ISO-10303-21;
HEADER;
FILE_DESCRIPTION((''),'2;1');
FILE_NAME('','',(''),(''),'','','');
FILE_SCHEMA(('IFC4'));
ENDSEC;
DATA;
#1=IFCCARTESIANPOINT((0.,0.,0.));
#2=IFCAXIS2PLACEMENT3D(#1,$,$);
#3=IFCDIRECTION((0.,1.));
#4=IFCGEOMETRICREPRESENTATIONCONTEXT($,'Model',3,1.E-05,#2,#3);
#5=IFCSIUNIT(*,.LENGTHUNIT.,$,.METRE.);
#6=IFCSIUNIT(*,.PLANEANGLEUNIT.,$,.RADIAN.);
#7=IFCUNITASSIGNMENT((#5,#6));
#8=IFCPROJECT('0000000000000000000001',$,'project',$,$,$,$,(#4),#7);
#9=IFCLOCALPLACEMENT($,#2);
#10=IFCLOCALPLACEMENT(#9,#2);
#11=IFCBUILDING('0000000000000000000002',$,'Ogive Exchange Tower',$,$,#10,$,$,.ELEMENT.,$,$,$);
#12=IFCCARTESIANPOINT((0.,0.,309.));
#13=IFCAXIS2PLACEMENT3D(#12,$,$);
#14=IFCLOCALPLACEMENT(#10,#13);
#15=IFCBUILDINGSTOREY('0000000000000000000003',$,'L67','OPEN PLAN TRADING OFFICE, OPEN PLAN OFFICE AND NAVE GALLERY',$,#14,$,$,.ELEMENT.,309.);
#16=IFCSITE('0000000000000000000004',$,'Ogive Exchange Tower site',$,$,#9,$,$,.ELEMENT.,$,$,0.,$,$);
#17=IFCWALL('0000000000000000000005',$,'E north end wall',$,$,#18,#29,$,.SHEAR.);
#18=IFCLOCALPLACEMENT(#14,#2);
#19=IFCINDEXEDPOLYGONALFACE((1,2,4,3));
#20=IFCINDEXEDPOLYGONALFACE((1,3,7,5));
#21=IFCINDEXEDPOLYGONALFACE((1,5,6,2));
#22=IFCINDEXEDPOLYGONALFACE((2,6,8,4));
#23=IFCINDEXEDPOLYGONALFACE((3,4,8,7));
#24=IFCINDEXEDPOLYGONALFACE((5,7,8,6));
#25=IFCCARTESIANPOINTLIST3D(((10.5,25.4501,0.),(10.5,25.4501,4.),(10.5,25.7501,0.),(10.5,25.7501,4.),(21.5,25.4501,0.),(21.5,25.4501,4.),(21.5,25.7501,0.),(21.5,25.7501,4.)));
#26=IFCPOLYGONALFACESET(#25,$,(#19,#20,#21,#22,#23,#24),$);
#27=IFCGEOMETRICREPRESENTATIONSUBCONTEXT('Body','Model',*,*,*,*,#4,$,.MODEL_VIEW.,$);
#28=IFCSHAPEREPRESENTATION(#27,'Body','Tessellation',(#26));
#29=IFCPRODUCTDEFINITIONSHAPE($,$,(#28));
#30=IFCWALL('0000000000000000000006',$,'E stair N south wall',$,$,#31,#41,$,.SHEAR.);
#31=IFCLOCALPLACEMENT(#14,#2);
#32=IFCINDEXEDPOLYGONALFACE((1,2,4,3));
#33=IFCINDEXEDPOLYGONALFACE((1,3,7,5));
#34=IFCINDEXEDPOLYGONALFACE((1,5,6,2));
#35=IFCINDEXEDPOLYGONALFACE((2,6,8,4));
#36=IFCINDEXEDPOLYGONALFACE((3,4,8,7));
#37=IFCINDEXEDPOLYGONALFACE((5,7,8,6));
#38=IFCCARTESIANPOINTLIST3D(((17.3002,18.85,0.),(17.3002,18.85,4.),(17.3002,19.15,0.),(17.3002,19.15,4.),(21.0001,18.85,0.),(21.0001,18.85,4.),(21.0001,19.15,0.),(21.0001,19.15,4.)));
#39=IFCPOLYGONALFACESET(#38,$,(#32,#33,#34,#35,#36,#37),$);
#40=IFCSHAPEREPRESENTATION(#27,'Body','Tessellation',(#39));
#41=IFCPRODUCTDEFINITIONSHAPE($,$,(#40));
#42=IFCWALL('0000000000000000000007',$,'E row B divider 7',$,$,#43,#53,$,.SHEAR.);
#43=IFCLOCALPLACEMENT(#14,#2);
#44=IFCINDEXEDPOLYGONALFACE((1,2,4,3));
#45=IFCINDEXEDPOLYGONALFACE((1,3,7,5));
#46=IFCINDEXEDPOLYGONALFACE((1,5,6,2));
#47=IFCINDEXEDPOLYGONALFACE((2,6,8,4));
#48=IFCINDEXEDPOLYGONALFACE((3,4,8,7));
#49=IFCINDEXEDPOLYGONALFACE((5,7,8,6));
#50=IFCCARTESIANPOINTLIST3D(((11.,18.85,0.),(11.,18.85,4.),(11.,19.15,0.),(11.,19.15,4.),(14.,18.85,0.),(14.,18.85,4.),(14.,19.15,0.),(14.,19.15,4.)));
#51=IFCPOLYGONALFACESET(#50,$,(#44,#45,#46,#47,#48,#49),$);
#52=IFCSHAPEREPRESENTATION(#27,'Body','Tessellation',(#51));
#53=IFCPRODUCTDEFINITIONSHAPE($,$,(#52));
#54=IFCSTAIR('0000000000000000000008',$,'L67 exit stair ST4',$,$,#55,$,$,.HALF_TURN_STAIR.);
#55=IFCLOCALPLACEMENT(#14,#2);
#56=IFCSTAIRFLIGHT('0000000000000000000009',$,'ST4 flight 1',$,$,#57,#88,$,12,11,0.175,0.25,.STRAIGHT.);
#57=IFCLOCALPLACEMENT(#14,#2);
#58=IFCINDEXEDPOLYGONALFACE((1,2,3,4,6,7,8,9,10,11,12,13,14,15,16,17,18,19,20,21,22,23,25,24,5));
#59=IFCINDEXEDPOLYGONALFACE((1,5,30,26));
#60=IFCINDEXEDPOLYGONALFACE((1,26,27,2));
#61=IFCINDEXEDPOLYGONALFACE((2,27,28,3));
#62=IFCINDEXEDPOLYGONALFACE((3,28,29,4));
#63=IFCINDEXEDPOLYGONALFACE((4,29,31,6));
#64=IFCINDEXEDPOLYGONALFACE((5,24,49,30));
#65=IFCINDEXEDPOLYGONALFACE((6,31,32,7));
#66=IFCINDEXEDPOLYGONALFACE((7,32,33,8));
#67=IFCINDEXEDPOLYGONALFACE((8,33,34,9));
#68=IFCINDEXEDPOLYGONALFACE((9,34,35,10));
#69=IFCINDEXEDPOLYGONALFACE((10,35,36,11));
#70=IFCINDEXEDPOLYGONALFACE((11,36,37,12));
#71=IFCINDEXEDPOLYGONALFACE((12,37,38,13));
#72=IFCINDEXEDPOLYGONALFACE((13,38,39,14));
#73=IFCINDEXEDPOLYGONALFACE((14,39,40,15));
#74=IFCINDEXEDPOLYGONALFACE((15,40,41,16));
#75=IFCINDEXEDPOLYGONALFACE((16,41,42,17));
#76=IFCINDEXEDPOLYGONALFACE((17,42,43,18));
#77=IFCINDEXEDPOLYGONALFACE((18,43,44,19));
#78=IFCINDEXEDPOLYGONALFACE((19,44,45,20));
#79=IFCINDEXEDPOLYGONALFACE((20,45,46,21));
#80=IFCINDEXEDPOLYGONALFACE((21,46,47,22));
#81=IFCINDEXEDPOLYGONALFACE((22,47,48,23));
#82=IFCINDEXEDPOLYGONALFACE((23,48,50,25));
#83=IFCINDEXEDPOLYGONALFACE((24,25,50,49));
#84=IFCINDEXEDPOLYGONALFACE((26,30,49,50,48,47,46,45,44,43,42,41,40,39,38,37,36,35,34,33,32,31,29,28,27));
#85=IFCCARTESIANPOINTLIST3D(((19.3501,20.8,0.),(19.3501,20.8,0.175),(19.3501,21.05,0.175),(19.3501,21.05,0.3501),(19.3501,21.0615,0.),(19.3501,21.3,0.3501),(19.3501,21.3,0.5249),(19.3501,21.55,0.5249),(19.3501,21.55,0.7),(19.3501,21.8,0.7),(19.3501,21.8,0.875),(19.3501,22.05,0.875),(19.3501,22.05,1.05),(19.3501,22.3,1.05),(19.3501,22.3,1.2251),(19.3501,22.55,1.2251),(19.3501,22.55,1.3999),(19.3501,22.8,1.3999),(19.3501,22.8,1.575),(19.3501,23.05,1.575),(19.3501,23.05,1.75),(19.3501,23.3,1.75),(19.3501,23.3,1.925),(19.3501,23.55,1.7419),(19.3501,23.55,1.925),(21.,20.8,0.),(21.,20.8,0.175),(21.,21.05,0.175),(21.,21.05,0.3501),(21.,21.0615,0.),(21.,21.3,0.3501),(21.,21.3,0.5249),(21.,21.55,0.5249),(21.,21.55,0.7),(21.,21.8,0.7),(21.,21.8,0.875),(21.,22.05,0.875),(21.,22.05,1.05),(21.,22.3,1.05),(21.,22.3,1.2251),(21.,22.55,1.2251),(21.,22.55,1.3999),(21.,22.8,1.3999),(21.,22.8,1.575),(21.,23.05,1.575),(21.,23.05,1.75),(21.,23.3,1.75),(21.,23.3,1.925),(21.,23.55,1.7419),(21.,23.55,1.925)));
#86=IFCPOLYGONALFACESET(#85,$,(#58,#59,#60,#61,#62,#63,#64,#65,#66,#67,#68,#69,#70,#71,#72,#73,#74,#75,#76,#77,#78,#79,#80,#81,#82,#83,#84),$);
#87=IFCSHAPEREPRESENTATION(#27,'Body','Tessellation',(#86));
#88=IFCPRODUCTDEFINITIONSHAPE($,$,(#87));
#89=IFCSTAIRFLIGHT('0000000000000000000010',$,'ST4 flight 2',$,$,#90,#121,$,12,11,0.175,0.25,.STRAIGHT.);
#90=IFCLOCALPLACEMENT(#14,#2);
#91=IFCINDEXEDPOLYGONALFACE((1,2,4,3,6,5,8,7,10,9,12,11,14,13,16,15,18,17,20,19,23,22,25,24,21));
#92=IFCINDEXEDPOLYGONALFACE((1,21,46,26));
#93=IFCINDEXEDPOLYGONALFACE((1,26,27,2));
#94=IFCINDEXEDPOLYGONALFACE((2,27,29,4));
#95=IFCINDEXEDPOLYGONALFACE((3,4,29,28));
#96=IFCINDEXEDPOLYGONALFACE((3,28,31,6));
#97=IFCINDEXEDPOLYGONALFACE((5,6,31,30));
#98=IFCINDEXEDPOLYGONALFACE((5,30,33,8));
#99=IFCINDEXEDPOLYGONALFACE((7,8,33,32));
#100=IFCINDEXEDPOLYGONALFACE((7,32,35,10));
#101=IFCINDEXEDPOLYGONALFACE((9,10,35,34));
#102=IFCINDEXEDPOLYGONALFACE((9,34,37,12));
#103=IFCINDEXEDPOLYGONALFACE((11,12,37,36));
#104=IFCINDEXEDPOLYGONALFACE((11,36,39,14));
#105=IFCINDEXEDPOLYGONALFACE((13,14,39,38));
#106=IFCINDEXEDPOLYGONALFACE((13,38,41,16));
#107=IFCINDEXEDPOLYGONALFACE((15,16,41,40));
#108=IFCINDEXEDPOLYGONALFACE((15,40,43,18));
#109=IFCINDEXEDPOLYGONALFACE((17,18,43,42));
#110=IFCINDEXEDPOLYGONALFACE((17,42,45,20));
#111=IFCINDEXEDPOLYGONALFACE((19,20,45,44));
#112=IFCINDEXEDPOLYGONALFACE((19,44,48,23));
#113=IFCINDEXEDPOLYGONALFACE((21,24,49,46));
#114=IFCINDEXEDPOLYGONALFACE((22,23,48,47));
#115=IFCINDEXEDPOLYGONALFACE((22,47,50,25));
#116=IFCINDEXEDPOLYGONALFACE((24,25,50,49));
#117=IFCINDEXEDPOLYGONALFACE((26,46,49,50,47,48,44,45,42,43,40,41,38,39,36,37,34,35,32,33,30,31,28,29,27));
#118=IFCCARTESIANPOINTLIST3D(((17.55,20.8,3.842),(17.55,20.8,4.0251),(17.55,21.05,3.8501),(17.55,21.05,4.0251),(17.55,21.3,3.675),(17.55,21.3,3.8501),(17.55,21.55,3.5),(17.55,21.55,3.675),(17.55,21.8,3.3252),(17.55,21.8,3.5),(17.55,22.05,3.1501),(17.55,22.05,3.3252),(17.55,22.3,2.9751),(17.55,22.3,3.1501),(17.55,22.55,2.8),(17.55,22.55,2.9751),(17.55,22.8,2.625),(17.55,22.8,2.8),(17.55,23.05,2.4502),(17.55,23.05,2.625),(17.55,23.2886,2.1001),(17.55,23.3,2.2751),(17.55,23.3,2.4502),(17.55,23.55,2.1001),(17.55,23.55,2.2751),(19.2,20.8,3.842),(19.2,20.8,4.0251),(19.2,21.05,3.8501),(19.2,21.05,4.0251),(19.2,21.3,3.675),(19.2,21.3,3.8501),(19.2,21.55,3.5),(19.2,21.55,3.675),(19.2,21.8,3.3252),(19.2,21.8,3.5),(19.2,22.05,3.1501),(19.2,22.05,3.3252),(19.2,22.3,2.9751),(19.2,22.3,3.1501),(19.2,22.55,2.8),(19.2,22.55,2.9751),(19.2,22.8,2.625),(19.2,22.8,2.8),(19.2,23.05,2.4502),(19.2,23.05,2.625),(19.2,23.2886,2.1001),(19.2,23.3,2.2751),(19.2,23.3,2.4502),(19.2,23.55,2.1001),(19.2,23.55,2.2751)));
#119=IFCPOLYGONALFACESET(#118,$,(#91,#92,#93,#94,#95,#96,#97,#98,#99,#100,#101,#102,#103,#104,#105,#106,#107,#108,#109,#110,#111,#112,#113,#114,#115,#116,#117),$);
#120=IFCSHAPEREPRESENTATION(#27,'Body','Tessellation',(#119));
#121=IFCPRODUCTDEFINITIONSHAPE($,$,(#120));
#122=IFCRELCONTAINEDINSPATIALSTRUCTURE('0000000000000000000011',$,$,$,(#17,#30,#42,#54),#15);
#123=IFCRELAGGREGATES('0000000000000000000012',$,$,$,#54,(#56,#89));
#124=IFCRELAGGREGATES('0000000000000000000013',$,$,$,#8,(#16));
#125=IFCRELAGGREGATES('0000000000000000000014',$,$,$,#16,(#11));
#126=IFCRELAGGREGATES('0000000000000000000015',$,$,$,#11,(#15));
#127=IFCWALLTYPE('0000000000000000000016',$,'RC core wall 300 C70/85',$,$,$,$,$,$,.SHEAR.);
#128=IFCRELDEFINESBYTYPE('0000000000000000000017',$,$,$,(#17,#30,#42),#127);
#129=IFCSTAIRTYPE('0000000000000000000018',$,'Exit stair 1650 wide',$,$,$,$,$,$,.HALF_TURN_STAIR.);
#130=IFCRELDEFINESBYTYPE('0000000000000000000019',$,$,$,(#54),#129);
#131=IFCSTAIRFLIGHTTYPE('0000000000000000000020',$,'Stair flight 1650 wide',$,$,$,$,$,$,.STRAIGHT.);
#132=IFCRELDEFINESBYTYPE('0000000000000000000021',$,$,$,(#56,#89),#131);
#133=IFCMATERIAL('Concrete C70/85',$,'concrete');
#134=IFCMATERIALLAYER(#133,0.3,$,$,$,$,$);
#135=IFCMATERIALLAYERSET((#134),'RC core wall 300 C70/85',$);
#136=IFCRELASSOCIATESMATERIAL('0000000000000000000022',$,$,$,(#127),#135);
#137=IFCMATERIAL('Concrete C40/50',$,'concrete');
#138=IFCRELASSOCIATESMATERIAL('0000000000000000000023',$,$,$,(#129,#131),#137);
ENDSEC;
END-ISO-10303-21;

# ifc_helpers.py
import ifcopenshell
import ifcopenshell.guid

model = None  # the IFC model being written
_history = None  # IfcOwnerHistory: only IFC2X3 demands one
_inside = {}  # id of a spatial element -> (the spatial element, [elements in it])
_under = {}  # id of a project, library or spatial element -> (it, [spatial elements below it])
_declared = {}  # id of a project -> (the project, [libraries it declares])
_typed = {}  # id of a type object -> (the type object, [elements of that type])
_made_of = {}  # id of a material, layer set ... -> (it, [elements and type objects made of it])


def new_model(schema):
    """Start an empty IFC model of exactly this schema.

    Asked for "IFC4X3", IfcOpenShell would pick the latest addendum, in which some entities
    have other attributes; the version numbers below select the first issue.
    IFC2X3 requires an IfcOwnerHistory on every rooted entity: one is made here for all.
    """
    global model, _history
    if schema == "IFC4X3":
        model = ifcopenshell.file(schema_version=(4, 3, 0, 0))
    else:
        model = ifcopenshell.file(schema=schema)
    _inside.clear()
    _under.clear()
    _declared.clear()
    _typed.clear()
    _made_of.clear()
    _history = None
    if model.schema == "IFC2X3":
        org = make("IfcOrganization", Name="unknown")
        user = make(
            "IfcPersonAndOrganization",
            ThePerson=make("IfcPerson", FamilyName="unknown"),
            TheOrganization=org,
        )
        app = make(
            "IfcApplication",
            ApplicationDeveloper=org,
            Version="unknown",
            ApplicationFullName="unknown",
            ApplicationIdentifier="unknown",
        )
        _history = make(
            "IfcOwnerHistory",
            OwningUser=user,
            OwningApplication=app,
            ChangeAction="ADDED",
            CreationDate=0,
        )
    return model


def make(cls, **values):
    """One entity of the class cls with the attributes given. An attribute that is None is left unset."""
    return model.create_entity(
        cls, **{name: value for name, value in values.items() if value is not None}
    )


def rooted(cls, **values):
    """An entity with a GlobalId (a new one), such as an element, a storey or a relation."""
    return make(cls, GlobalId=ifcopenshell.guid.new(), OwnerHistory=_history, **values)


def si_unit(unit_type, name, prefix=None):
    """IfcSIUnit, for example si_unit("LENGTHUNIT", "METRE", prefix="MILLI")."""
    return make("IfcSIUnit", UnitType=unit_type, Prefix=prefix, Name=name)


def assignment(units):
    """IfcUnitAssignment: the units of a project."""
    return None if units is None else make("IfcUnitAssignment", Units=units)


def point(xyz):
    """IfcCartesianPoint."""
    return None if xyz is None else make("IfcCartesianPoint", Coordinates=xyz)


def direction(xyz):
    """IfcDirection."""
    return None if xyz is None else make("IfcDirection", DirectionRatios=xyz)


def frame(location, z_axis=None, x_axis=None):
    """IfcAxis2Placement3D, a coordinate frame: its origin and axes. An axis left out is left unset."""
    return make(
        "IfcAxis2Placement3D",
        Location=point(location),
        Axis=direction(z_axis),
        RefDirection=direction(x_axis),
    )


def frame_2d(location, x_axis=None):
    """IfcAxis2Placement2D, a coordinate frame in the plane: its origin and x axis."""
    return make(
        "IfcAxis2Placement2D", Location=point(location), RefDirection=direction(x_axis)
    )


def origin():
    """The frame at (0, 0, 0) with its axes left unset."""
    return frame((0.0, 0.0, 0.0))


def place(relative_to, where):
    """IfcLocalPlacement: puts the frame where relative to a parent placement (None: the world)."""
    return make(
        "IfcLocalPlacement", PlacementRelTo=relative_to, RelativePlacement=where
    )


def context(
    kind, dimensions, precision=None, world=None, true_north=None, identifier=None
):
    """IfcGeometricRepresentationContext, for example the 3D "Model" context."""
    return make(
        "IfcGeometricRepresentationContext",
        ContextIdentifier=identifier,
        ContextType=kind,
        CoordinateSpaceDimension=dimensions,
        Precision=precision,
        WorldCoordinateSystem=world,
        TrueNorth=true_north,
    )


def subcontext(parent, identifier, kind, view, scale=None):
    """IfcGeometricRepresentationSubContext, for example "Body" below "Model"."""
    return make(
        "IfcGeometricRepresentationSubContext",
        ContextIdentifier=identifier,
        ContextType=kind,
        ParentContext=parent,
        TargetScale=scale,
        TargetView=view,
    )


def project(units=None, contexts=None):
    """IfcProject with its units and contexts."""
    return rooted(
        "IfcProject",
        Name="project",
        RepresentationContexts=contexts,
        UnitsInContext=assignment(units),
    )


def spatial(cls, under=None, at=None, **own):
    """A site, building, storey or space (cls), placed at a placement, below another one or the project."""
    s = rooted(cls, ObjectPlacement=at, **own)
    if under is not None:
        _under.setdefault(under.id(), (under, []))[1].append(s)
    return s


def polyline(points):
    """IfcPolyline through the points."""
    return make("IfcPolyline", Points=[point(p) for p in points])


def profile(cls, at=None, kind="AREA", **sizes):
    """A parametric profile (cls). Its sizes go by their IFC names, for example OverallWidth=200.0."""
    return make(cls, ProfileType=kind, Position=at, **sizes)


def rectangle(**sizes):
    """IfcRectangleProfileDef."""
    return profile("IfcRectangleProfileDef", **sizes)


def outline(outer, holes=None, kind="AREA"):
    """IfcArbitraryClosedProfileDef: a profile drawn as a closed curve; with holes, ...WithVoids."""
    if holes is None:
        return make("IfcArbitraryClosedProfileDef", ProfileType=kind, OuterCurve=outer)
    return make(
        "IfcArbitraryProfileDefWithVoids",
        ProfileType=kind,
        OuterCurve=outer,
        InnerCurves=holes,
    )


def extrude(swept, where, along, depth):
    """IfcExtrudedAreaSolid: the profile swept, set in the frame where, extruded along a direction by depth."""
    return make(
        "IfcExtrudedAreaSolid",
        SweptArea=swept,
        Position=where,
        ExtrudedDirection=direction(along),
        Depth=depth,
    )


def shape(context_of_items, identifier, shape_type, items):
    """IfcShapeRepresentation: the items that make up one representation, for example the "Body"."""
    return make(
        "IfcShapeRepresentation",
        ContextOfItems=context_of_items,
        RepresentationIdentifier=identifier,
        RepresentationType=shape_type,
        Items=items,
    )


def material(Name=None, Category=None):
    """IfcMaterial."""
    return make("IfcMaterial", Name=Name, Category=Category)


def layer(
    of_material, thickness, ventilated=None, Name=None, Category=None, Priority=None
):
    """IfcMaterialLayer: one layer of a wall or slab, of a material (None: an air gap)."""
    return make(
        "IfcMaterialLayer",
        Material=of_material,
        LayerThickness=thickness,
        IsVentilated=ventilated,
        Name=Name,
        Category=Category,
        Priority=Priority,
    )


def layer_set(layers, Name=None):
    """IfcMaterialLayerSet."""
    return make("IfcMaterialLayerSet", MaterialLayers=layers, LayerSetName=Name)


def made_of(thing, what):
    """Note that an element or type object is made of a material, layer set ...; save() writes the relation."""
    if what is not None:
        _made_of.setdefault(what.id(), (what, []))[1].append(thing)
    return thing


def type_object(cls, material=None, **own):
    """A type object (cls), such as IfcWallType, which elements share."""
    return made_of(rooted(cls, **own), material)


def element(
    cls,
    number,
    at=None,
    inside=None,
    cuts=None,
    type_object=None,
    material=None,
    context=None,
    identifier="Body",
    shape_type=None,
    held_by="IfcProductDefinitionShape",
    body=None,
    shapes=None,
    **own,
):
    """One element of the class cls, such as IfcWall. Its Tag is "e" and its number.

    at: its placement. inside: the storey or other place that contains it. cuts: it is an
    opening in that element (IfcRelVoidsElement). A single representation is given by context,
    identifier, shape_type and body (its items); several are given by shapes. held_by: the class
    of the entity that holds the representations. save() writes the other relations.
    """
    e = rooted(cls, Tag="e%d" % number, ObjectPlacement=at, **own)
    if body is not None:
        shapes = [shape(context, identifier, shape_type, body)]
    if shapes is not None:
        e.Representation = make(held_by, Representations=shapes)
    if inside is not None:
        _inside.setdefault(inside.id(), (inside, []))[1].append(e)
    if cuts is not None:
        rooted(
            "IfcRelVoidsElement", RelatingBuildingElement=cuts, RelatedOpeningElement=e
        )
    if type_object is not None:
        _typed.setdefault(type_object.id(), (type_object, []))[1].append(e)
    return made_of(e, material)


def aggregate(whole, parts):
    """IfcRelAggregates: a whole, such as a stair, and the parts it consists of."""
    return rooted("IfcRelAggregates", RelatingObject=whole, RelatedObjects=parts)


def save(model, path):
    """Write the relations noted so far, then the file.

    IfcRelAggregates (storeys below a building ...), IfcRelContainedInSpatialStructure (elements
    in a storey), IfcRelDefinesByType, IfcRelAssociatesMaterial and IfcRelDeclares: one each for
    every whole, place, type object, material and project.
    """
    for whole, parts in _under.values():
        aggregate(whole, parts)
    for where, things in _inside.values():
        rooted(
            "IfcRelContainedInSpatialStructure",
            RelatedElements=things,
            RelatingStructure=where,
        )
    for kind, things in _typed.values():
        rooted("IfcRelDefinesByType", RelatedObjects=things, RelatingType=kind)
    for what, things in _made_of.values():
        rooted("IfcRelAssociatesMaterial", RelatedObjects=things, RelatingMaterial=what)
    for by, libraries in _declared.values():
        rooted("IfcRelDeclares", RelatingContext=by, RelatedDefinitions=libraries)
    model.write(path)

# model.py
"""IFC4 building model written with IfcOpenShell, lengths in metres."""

from ifc_helpers import new_model, si_unit, direction, frame, frame_2d, origin, place, context, subcontext, project, spatial, polyline, rectangle, outline, extrude, material, layer, layer_set, type_object, element, aggregate, save


model = new_model("IFC4")

# Units and contexts
model_context = context("Model", 3, precision=1e-05, world=origin(), true_north=direction((0.0, 1.0)))
body_context = subcontext(model_context, "Body", "Model", "MODEL_VIEW")
ifc_project = project(units=[si_unit("LENGTHUNIT", "METRE"), si_unit("PLANEANGLEUNIT", "RADIAN")], contexts=[model_context])

# Site, building, storey
site_placement = place(None, origin())
site = spatial("IfcSite", under=ifc_project, at=site_placement, Name="Ogive Exchange Tower site", CompositionType="ELEMENT", RefElevation=0.0)
building_placement = place(site_placement, origin())
building = spatial("IfcBuilding", under=site, at=building_placement, Name="Ogive Exchange Tower", CompositionType="ELEMENT")
storey_placement = place(building_placement, frame((0.0, 0.0, 309.0)))
storey = spatial("IfcBuildingStorey", under=building, at=storey_placement, Name="L67", Description="OPEN PLAN TRADING OFFICE, OPEN PLAN OFFICE AND NAVE GALLERY", CompositionType="ELEMENT", Elevation=309.0)

# Shared definitions
ifc_material_1 = material(Name="Concrete C70/85", Category="concrete")

# Walls
ifc_layer_1 = layer(ifc_material_1, 0.3)
ifc_layer_set_1 = layer_set([ifc_layer_1], Name="RC core wall 300 C70/85")
wall_type_1 = type_object("IfcWallType", Name="RC core wall 300 C70/85", PredefinedType="SHEAR", material=ifc_layer_set_1)
wall_1_placement = place(storey_placement, frame((10.5, 25.6001, 0.0), z_axis=(0.0, 0.0, 1.0), x_axis=(1.0, 0.0, 0.0)))
element("IfcWall", 1, at=wall_1_placement, inside=storey, type_object=wall_type_1, Name="E north end wall", PredefinedType="SHEAR", context=body_context, shape_type="SweptSolid", body=[
    extrude(rectangle(XDim=11.0, YDim=0.3, at=frame_2d((5.5, 0.0))), origin(), (0.0, 0.0, 1.0), 4.0),
])
wall_2_placement = place(storey_placement, frame((17.3, 19.0, 0.0), z_axis=(0.0, 0.0, 1.0), x_axis=(1.0, 0.0, 0.0)))
element("IfcWall", 2, at=wall_2_placement, inside=storey, type_object=wall_type_1, Name="E stair N south wall", PredefinedType="SHEAR", context=body_context, shape_type="SweptSolid", body=[
    extrude(rectangle(XDim=3.7, YDim=0.3, at=frame_2d((1.8501, 0.0))), origin(), (0.0, 0.0, 1.0), 4.0),
])
wall_3_placement = place(storey_placement, frame((11.0, 19.0, 0.0), z_axis=(0.0, 0.0, 1.0), x_axis=(1.0, 0.0, 0.0)))
element("IfcWall", 3, at=wall_3_placement, inside=storey, type_object=wall_type_1, Name="E row B divider 7", PredefinedType="SHEAR", context=body_context, shape_type="SweptSolid", body=[
    extrude(rectangle(XDim=3.0, YDim=0.3, at=frame_2d((1.5, 0.0))), origin(), (0.0, 0.0, 1.0), 4.0),
])

# Stair, stair flights
ifc_material_2 = material(Name="Concrete C40/50", Category="concrete")
stair_type = type_object("IfcStairType", Name="Exit stair 1650 wide", PredefinedType="HALF_TURN_STAIR", material=ifc_material_2)
stair_placement = place(storey_placement, origin())
stair = element("IfcStair", 4, at=stair_placement, inside=storey, type_object=stair_type, Name="L67 exit stair ST4", PredefinedType="HALF_TURN_STAIR")
stair_flight_type = type_object("IfcStairFlightType", Name="Stair flight 1650 wide", PredefinedType="STRAIGHT", material=ifc_material_2)
stair_flight_1_placement = place(storey_placement, frame((20.175, 20.8, 0.0), z_axis=(0.0, 0.0, 1.0), x_axis=(0.0, 1.0, 0.0)))
stair_flight_1 = element("IfcStairFlight", 5, at=stair_flight_1_placement, type_object=stair_flight_type, Name="ST4 flight 1", NumberOfRisers=12, NumberOfTreads=11, PredefinedType="STRAIGHT", RiserHeight=0.175, TreadLength=0.25, context=body_context, shape_type="SweptSolid", body=[
    extrude(outline(polyline([(0.0, 0.0), (0.0, 0.175), (0.25, 0.175), (0.25, 0.3501), (0.5, 0.3501), (0.5, 0.5249), (0.75, 0.5249), (0.75, 0.7), (1.0, 0.7), (1.0, 0.875), (1.25, 0.875), (1.25, 1.05), (1.5, 1.05), (1.5, 1.2251), (1.75, 1.2251), (1.75, 1.3999), (2.0, 1.3999), (2.0, 1.575), (2.25, 1.575), (2.25, 1.75), (2.5, 1.75), (2.5, 1.925), (2.75, 1.925), (2.75, 2.1001), (2.75, 1.7419), (0.2615, 0.0), (0.0, 0.0)])), frame((0.0, 0.825, 0.0), z_axis=(0.0, -1.0, 0.0), x_axis=(1.0, 0.0, 0.0)), (0.0, 0.0, 1.0), 1.6499),
])
stair_flight_2_placement = place(storey_placement, frame((18.375, 23.55, 2.1001), z_axis=(0.0, 0.0, 1.0), x_axis=(0.0, -1.0, 0.0)))
stair_flight_2 = element("IfcStairFlight", 6, at=stair_flight_2_placement, type_object=stair_flight_type, Name="ST4 flight 2", NumberOfRisers=12, NumberOfTreads=11, PredefinedType="STRAIGHT", RiserHeight=0.175, TreadLength=0.25, context=body_context, shape_type="SweptSolid", body=[
    extrude(outline(polyline([(0.0, 0.0), (0.0, 0.175), (0.25, 0.175), (0.25, 0.3501), (0.5, 0.3501), (0.5, 0.5249), (0.75, 0.5249), (0.75, 0.7), (1.0, 0.7), (1.0, 0.875), (1.25, 0.875), (1.25, 1.05), (1.5, 1.05), (1.5, 1.2251), (1.75, 1.2251), (1.75, 1.3999), (2.0, 1.3999), (2.0, 1.575), (2.25, 1.575), (2.25, 1.75), (2.5, 1.75), (2.5, 1.925), (2.75, 1.925), (2.75, 2.1001), (2.75, 1.7419), (0.2615, 0.0), (0.0, 0.0)])), frame((0.0, 0.825, 0.0), z_axis=(0.0, -1.0, 0.0), x_axis=(1.0, 0.0, 0.0)), (0.0, 0.0, 1.0), 1.6499),
])
aggregate(stair, [stair_flight_1, stair_flight_2])

save(model, "model.ifc")
